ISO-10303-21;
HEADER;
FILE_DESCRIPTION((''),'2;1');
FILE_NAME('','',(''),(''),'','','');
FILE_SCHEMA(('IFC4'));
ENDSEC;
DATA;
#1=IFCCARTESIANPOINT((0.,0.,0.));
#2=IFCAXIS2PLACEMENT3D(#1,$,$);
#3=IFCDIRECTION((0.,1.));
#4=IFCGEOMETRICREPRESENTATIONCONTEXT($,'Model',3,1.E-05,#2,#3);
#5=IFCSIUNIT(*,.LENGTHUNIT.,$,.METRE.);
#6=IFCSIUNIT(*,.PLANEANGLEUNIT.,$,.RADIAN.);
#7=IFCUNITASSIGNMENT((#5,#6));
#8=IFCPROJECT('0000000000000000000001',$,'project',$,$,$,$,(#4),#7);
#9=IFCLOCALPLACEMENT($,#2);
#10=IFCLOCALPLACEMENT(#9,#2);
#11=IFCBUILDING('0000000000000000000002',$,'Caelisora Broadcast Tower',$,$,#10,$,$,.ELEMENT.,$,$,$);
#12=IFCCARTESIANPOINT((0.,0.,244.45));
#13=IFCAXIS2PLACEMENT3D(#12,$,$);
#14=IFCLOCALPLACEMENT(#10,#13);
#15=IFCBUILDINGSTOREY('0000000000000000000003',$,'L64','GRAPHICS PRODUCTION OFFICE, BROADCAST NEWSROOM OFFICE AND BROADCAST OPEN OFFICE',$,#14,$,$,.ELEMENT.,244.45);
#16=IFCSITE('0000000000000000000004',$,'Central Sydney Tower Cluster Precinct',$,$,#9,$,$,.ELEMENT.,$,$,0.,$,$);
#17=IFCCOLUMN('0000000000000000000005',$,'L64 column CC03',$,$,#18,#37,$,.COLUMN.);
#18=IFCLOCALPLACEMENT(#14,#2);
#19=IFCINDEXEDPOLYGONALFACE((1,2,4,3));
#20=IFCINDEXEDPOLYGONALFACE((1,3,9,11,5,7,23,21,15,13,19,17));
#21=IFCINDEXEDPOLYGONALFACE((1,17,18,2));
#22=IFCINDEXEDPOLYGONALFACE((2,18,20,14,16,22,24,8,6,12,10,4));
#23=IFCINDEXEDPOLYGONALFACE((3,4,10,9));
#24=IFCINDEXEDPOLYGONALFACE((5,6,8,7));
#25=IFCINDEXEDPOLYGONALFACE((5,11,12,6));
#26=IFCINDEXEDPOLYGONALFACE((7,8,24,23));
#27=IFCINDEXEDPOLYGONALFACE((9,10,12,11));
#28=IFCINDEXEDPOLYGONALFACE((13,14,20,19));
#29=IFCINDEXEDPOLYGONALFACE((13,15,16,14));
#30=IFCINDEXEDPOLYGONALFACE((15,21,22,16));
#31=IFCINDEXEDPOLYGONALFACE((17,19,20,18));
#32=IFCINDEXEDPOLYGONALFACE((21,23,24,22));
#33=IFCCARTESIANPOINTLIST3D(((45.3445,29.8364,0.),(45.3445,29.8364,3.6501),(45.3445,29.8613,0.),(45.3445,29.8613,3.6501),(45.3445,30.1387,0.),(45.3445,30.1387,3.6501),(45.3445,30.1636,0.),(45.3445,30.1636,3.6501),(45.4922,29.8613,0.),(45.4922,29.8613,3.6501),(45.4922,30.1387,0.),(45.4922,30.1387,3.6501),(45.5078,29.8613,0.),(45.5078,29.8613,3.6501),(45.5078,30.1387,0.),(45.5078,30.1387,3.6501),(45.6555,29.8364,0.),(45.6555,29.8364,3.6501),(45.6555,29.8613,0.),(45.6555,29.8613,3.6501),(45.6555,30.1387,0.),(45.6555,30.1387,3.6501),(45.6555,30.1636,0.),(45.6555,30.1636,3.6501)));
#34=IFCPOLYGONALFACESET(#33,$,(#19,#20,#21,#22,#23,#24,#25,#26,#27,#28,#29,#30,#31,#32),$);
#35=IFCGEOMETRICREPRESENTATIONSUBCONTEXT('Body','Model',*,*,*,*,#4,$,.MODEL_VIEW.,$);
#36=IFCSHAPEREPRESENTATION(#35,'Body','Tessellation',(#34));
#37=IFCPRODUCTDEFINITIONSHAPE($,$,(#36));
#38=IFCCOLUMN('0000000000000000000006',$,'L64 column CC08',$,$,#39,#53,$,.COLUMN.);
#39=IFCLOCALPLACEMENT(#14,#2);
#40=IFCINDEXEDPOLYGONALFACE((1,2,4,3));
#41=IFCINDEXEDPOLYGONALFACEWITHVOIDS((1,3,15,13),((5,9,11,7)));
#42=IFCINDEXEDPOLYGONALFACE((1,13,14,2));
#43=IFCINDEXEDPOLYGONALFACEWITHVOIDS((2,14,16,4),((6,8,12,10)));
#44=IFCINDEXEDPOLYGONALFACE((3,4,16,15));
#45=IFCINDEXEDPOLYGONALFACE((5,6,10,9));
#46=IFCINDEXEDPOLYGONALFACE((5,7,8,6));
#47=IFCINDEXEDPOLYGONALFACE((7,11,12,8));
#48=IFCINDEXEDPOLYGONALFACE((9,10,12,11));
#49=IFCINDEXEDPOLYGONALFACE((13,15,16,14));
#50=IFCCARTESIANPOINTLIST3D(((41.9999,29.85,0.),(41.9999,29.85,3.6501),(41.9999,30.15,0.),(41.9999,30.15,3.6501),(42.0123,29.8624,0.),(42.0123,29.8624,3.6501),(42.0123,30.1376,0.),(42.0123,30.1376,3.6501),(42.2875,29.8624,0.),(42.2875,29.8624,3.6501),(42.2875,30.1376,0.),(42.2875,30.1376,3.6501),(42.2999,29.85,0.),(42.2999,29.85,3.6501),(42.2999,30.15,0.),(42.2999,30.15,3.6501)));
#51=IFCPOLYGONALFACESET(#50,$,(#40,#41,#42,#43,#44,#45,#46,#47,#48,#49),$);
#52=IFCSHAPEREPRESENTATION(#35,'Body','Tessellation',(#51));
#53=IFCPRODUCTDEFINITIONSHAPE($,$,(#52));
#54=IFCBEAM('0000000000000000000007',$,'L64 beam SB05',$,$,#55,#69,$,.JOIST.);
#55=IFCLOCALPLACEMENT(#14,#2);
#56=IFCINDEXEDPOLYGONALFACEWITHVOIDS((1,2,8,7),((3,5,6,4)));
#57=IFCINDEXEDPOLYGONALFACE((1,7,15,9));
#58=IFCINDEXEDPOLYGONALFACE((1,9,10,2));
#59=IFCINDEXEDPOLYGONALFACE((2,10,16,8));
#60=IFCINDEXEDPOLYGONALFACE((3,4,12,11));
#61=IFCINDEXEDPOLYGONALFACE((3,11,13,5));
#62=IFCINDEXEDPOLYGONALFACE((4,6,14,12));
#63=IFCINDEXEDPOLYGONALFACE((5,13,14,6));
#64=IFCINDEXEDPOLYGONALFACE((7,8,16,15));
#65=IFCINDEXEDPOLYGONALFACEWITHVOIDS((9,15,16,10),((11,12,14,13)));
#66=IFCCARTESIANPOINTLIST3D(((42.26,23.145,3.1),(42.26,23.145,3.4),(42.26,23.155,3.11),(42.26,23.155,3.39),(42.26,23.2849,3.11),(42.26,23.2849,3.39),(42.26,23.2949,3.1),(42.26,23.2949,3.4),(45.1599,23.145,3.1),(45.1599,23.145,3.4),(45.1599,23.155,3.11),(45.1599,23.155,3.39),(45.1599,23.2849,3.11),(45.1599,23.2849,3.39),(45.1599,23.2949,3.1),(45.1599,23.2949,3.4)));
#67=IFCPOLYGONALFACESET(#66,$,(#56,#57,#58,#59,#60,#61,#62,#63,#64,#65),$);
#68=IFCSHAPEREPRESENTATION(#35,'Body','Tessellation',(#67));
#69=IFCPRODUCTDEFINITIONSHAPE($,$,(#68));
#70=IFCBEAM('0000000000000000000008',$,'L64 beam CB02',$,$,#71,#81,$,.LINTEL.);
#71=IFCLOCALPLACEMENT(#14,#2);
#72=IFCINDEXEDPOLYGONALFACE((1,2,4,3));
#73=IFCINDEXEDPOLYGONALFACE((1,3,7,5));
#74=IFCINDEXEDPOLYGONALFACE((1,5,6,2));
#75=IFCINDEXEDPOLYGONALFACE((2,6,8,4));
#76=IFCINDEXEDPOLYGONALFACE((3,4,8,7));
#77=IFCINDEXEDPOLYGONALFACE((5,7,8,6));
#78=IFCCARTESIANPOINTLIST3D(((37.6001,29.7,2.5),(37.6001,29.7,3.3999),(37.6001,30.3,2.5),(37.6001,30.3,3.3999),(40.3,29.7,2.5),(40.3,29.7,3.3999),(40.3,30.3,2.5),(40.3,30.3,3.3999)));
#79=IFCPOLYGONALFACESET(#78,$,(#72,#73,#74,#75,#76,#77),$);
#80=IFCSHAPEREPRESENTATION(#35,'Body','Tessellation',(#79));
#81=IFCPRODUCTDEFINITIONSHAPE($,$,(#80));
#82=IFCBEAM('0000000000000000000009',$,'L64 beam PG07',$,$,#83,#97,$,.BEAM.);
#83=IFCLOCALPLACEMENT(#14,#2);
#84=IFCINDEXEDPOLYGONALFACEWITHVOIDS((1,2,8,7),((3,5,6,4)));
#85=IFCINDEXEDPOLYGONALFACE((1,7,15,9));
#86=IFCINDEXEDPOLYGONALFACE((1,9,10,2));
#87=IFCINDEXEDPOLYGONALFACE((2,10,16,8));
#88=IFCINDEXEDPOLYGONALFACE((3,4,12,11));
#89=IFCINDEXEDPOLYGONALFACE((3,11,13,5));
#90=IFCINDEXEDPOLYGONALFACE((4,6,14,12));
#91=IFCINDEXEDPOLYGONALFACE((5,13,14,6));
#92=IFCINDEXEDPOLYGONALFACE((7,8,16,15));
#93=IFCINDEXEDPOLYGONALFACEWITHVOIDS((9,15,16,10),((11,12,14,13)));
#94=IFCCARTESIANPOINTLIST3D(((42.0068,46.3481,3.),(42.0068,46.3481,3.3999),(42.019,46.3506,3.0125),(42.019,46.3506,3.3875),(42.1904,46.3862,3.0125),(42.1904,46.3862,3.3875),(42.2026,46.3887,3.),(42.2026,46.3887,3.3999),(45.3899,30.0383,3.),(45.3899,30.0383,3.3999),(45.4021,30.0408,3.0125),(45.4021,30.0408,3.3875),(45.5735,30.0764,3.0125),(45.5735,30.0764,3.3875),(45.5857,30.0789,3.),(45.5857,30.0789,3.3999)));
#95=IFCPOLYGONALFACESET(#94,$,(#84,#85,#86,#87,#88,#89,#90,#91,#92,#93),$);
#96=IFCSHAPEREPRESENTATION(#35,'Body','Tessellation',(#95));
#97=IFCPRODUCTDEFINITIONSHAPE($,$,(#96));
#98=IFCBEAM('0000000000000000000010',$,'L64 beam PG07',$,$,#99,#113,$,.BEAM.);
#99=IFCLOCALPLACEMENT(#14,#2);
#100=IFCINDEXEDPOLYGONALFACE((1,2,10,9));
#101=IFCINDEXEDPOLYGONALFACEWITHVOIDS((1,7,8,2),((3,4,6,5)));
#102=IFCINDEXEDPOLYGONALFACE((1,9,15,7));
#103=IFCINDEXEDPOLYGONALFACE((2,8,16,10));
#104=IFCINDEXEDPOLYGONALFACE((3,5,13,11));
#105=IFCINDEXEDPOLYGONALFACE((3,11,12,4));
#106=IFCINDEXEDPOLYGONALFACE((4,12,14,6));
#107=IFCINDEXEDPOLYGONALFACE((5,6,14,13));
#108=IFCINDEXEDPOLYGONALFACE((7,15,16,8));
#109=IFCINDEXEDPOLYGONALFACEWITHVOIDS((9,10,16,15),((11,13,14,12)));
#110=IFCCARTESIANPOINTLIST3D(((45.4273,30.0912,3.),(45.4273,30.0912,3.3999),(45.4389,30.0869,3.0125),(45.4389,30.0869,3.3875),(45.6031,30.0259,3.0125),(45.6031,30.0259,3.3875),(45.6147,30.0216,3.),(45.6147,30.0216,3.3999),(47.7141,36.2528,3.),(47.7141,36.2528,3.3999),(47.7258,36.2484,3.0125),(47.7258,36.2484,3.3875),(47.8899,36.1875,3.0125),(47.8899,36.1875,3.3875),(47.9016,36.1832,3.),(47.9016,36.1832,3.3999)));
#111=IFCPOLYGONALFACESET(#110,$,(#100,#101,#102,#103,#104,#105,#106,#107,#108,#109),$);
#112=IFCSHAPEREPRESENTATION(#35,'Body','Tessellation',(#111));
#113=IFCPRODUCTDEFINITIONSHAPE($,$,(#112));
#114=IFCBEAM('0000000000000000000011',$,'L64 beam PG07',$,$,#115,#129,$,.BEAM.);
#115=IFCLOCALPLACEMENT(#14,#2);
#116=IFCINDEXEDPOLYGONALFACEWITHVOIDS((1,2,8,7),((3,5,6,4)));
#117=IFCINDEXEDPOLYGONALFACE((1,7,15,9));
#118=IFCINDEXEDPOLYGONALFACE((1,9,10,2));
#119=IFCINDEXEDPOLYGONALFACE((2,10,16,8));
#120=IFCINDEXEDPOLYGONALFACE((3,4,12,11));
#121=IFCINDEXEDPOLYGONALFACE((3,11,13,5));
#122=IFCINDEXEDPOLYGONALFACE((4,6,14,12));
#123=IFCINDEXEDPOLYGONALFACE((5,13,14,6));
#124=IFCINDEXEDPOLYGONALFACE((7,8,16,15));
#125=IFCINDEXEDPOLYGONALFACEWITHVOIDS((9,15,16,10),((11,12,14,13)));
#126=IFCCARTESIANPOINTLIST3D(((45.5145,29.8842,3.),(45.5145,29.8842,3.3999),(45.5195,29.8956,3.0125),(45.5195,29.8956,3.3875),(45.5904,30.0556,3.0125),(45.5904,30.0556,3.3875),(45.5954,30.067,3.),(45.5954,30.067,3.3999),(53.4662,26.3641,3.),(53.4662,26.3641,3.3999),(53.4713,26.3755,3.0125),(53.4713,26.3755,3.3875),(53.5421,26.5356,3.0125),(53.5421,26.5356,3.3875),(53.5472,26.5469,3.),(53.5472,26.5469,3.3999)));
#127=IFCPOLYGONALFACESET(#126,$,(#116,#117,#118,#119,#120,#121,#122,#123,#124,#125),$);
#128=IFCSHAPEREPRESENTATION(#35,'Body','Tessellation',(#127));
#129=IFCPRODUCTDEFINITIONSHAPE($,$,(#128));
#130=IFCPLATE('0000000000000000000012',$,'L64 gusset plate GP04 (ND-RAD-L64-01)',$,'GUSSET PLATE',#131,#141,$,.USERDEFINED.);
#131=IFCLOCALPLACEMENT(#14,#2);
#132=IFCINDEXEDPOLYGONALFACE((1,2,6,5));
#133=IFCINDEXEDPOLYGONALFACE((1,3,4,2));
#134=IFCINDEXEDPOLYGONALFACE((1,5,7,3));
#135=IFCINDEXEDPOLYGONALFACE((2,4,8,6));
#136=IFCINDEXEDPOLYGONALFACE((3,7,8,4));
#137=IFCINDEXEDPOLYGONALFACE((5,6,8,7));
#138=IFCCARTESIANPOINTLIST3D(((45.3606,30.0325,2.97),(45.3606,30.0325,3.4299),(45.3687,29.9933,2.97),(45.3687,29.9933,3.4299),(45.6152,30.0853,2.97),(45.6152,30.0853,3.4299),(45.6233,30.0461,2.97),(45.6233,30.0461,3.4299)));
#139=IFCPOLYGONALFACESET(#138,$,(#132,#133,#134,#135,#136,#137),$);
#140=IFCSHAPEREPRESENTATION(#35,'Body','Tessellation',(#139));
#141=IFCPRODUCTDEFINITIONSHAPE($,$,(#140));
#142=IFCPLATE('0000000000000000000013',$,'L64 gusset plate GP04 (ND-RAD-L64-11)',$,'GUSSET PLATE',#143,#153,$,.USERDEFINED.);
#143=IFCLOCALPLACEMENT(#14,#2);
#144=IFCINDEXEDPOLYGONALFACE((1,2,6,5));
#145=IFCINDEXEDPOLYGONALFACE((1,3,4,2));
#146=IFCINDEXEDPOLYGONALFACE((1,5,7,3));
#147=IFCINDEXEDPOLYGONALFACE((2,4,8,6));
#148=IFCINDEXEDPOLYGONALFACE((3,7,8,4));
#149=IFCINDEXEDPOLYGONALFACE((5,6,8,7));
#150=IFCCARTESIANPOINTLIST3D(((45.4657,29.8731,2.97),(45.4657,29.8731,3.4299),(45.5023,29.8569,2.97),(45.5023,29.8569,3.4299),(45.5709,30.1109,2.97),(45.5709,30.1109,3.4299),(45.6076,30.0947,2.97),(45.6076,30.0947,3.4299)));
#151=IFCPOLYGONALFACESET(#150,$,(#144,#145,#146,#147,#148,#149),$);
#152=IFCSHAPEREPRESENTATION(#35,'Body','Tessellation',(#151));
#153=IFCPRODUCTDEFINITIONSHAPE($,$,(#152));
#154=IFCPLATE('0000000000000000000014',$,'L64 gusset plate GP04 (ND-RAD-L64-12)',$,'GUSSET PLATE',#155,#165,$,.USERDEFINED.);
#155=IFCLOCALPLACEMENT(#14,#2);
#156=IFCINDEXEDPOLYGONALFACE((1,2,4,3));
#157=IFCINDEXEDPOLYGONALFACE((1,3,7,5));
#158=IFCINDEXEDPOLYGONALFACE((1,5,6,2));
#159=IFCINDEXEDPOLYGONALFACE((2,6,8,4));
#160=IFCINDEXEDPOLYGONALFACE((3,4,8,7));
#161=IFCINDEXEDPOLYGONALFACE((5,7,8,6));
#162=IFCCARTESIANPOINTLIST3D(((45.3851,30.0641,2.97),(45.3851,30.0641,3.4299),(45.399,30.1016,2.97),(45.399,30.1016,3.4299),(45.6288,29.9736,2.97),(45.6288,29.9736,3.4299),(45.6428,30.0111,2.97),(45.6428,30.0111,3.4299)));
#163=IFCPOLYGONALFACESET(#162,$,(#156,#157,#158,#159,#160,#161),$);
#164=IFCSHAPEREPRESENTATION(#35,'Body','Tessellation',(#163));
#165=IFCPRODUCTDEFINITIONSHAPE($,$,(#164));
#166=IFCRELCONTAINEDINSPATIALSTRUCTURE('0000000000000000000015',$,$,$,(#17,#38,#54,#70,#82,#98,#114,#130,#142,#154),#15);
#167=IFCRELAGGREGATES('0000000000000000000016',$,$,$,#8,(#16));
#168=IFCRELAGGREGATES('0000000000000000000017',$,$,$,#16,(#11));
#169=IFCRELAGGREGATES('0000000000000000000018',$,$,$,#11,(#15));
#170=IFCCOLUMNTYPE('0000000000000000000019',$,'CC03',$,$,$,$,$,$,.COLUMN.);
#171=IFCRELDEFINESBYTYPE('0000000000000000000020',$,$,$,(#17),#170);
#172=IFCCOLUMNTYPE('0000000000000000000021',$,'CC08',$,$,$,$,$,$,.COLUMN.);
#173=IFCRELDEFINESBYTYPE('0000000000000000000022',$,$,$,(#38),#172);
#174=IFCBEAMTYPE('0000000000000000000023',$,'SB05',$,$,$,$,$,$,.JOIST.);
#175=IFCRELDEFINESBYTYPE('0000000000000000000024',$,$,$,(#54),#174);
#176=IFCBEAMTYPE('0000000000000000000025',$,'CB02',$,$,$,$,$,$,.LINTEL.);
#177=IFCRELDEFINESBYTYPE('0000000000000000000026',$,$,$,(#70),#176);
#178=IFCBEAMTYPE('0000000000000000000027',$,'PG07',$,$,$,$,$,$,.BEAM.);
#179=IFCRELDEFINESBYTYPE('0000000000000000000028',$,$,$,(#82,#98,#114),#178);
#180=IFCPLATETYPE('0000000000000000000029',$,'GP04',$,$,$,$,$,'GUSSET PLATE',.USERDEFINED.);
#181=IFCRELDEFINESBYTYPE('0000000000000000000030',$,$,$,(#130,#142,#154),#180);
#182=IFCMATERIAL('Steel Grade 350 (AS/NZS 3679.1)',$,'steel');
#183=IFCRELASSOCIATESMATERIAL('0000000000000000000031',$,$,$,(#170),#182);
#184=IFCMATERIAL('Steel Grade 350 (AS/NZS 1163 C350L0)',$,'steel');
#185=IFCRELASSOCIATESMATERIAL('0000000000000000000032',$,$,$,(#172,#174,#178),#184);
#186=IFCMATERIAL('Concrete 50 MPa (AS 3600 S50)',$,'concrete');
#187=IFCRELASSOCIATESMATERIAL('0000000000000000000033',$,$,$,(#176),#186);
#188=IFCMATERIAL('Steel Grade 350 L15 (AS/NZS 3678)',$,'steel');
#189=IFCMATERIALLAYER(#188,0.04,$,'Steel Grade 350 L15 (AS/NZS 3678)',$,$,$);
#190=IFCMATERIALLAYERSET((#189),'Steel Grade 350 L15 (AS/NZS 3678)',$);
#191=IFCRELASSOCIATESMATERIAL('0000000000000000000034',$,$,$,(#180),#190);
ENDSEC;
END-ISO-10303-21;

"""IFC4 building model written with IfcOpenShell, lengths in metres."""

from ifc_helpers import new_model, si_unit, direction, frame, origin, origin_2d, place, context, subcontext, project, spatial, rectangle, hollow_rectangle, i_section, extrude, source, transform, mapped, material, layer, layer_set, material_profile, profile_set, type_object, type_shapes, element, save


model = new_model("IFC4")

# Units and contexts
model_context = context("Model", 3, precision=1e-05, world=origin(), true_north=direction((0.0, 1.0)))
body_context = subcontext(model_context, "Body", "Model", "MODEL_VIEW")
ifc_project = project(units=[si_unit("LENGTHUNIT", "METRE"), si_unit("PLANEANGLEUNIT", "RADIAN")], contexts=[model_context])

# Site, building, storey
site_placement = place(None, origin())
site = spatial("IfcSite", under=ifc_project, at=site_placement, Name="Central Sydney Tower Cluster Precinct", CompositionType="ELEMENT", RefElevation=0.0)
building_placement = place(site_placement, origin())
building = spatial("IfcBuilding", under=site, at=building_placement, Name="Caelisora Broadcast Tower", CompositionType="ELEMENT")
storey_placement = place(building_placement, frame((0.0, 0.0, 244.45)))
storey = spatial("IfcBuildingStorey", under=building, at=storey_placement, Name="L64", Description="GRAPHICS PRODUCTION OFFICE, BROADCAST NEWSROOM OFFICE AND BROADCAST OPEN OFFICE", CompositionType="ELEMENT", Elevation=244.45)

# Columns
ifc_material_1 = material(Name="Steel Grade 350 (AS/NZS 3679.1)", Category="steel")
ifc_material_profile_1 = material_profile(ifc_material_1, i_section(OverallWidth=0.311, OverallDepth=0.3271, WebThickness=0.0156, FlangeThickness=0.0249, at=origin_2d()), Name="Steel Grade 350 (AS/NZS 3679.1)")
ifc_profile_set_1 = profile_set([ifc_material_profile_1], Name="Steel Grade 350 (AS/NZS 3679.1)")
column_type_1 = type_object("IfcColumnType", Name="CC03", PredefinedType="COLUMN", material=ifc_profile_set_1)
shared_shape_1 = source(origin(), body_context, "Body", "SweptSolid", [
    extrude(i_section(OverallWidth=0.311, OverallDepth=0.3271, WebThickness=0.0156, FlangeThickness=0.0249, at=origin_2d()), origin(), (0.0, 0.0, 1.0), 3.6501),
])
type_shapes(column_type_1, [shared_shape_1])
column_1_placement = place(storey_placement, frame((45.5, 30.0, 0.0), z_axis=(0.0, 0.0, 1.0), x_axis=(1.0, 0.0, 0.0)))
element("IfcColumn", 1, at=column_1_placement, inside=storey, type_object=column_type_1, Name="L64 column CC03", PredefinedType="COLUMN", context=body_context, shape_type="MappedRepresentation", body=[
    mapped(shared_shape_1, transform((0.0, 0.0, 0.0), scale=1.0)),
])
ifc_material_2 = material(Name="Steel Grade 350 (AS/NZS 1163 C350L0)", Category="steel")
ifc_material_profile_2 = material_profile(ifc_material_2, hollow_rectangle(XDim=0.3, YDim=0.3, WallThickness=0.0125, at=origin_2d()), Name="Steel Grade 350 (AS/NZS 1163 C350L0)")
ifc_profile_set_2 = profile_set([ifc_material_profile_2], Name="Steel Grade 350 (AS/NZS 1163 C350L0)")
column_type_2 = type_object("IfcColumnType", Name="CC08", PredefinedType="COLUMN", material=ifc_profile_set_2)
shared_shape_2 = source(origin(), body_context, "Body", "SweptSolid", [
    extrude(hollow_rectangle(XDim=0.3, YDim=0.3, WallThickness=0.0125, at=origin_2d()), origin(), (0.0, 0.0, 1.0), 3.6501),
])
type_shapes(column_type_2, [shared_shape_2])
column_2_placement = place(storey_placement, frame((42.1499, 30.0, 0.0), z_axis=(0.0, 0.0, 1.0), x_axis=(1.0, 0.0, 0.0)))
element("IfcColumn", 2, at=column_2_placement, inside=storey, type_object=column_type_2, Name="L64 column CC08", PredefinedType="COLUMN", context=body_context, shape_type="MappedRepresentation", body=[
    mapped(shared_shape_2, transform((0.0, 0.0, 0.0), scale=1.0)),
])

# Beams
ifc_material_profile_3 = material_profile(ifc_material_2, hollow_rectangle(XDim=0.1499, YDim=0.3, WallThickness=0.01, at=origin_2d()), Name="Steel Grade 350 (AS/NZS 1163 C350L0)")
ifc_profile_set_3 = profile_set([ifc_material_profile_3], Name="Steel Grade 350 (AS/NZS 1163 C350L0)")
beam_type_1 = type_object("IfcBeamType", Name="SB05", PredefinedType="JOIST", material=ifc_profile_set_3)
shared_shape_3 = source(origin(), body_context, "Body", "SweptSolid", [
    extrude(hollow_rectangle(XDim=0.1499, YDim=0.3, WallThickness=0.01, at=origin_2d()), origin(), (0.0, 0.0, 1.0), 2.8999),
])
type_shapes(beam_type_1, [shared_shape_3])
beam_1_placement = place(storey_placement, frame((42.26, 23.22, 3.25), z_axis=(1.0, 0.0, 0.0), x_axis=(0.0, 1.0, 0.0)))
element("IfcBeam", 3, at=beam_1_placement, inside=storey, type_object=beam_type_1, Name="L64 beam SB05", PredefinedType="JOIST", context=body_context, shape_type="MappedRepresentation", body=[
    mapped(shared_shape_3, transform((0.0, 0.0, 0.0), scale=1.0)),
])
ifc_material_3 = material(Name="Concrete 50 MPa (AS 3600 S50)", Category="concrete")
ifc_material_profile_4 = material_profile(ifc_material_3, rectangle(XDim=0.6001, YDim=0.8999, at=origin_2d()), Name="Concrete 50 MPa (AS 3600 S50)")
ifc_profile_set_4 = profile_set([ifc_material_profile_4], Name="Concrete 50 MPa (AS 3600 S50)")
beam_type_2 = type_object("IfcBeamType", Name="CB02", PredefinedType="LINTEL", material=ifc_profile_set_4)
shared_shape_4 = source(origin(), body_context, "Body", "SweptSolid", [
    extrude(rectangle(XDim=0.6001, YDim=0.8999, at=origin_2d()), origin(), (0.0, 0.0, 1.0), 2.7),
])
type_shapes(beam_type_2, [shared_shape_4])
beam_2_placement = place(storey_placement, frame((37.6001, 30.0, 2.95), z_axis=(1.0, 0.0, 0.0), x_axis=(0.0, 1.0, 0.0)))
element("IfcBeam", 4, at=beam_2_placement, inside=storey, type_object=beam_type_2, Name="L64 beam CB02", PredefinedType="LINTEL", context=body_context, shape_type="MappedRepresentation", body=[
    mapped(shared_shape_4, transform((0.0, 0.0, 0.0), scale=1.0)),
])
ifc_material_profile_5 = material_profile(ifc_material_2, hollow_rectangle(XDim=0.2, YDim=0.3999, WallThickness=0.0125, at=origin_2d()), Name="Steel Grade 350 (AS/NZS 1163 C350L0)")
ifc_profile_set_5 = profile_set([ifc_material_profile_5], Name="Steel Grade 350 (AS/NZS 1163 C350L0)")
beam_type_3 = type_object("IfcBeamType", Name="PG07", PredefinedType="BEAM", material=ifc_profile_set_5)
shared_shape_5 = source(origin(), body_context, "Body", "SweptSolid", [
    extrude(hollow_rectangle(XDim=0.2, YDim=0.3999, WallThickness=0.0125, at=origin_2d()), origin(), (0.0, 0.0, 1.0), 16.657),
])
beam_3_placement = place(storey_placement, frame((45.4878, 30.0586, 3.2), z_axis=(-0.203101, 0.979158, 0.0), x_axis=(-0.979158, -0.203101, 0.0)))
element("IfcBeam", 5, at=beam_3_placement, inside=storey, type_object=beam_type_3, Name="L64 beam PG07", PredefinedType="BEAM", context=body_context, shape_type="MappedRepresentation", body=[
    mapped(shared_shape_5, transform((0.0, 0.0, 0.0), scale=1.0)),
])
shared_shape_6 = source(origin(), body_context, "Body", "SweptSolid", [
    extrude(hollow_rectangle(XDim=0.2, YDim=0.3999, WallThickness=0.0125, at=origin_2d()), origin(), (0.0, 0.0, 1.0), 6.5723),
])
beam_4_placement = place(storey_placement, frame((45.521, 30.0564, 3.2), z_axis=(0.347954, 0.937512, 0.0), x_axis=(-0.937512, 0.347954, 0.0)))
element("IfcBeam", 6, at=beam_4_placement, inside=storey, type_object=beam_type_3, Name="L64 beam PG07", PredefinedType="BEAM", context=body_context, shape_type="MappedRepresentation", body=[
    mapped(shared_shape_6, transform((0.0, 0.0, 0.0), scale=1.0)),
])
shared_shape_7 = source(origin(), body_context, "Body", "SweptSolid", [
    extrude(hollow_rectangle(XDim=0.2, YDim=0.3999, WallThickness=0.0125, at=origin_2d()), origin(), (0.0, 0.0, 1.0), 8.696),
])
type_shapes(beam_type_3, [shared_shape_5, shared_shape_6, shared_shape_7])
beam_5_placement = place(storey_placement, frame((45.5549, 29.9756, 3.2), z_axis=(0.91441, -0.404789, 0.0), x_axis=(0.404789, 0.91441, 0.0)))
element("IfcBeam", 7, at=beam_5_placement, inside=storey, type_object=beam_type_3, Name="L64 beam PG07", PredefinedType="BEAM", context=body_context, shape_type="MappedRepresentation", body=[
    mapped(shared_shape_7, transform((0.0, 0.0, 0.0), scale=1.0)),
])

# Plates
ifc_material_4 = material(Name="Steel Grade 350 L15 (AS/NZS 3678)", Category="steel")
ifc_layer_1 = layer(ifc_material_4, 0.04, Name="Steel Grade 350 L15 (AS/NZS 3678)")
ifc_layer_set_1 = layer_set([ifc_layer_1], Name="Steel Grade 350 L15 (AS/NZS 3678)")
plate_type = type_object("IfcPlateType", Name="GP04", ElementType="GUSSET PLATE", PredefinedType="USERDEFINED", material=ifc_layer_set_1)
shared_shape_8 = source(origin(), body_context, "Body", "SweptSolid", [
    extrude(rectangle(XDim=0.26, YDim=0.04, at=origin_2d()), origin(), (0.0, 0.0, 1.0), 0.46),
])
type_shapes(plate_type, [shared_shape_8])
for number, where, z_axis, x_axis, name in (
    (8, (45.4919, 30.0393, 2.97), (0.0, 0.0, 1.0), (-0.979152, -0.203129, 0.0), "L64 gusset plate GP04 (ND-RAD-L64-01)"),
    (9, (45.5366, 29.9839, 2.97), (0.0, 0.0, 1.0), (0.404822, 0.914395, 0.0), "L64 gusset plate GP04 (ND-RAD-L64-11)"),
    (10, (45.5139, 30.0376, 2.97), (0.0, 0.0, 1.0), (-0.937525, 0.347918, 0.0), "L64 gusset plate GP04 (ND-RAD-L64-12)"),
):
    element("IfcPlate", number, at=place(storey_placement, frame(where, z_axis=z_axis, x_axis=x_axis)), inside=storey, type_object=plate_type, Name=name, ObjectType="GUSSET PLATE", PredefinedType="USERDEFINED", context=body_context, shape_type="MappedRepresentation", body=[
        mapped(shared_shape_8, transform((0.0, 0.0, 0.0), scale=1.0)),
    ])

save(model, "model.ifc")
